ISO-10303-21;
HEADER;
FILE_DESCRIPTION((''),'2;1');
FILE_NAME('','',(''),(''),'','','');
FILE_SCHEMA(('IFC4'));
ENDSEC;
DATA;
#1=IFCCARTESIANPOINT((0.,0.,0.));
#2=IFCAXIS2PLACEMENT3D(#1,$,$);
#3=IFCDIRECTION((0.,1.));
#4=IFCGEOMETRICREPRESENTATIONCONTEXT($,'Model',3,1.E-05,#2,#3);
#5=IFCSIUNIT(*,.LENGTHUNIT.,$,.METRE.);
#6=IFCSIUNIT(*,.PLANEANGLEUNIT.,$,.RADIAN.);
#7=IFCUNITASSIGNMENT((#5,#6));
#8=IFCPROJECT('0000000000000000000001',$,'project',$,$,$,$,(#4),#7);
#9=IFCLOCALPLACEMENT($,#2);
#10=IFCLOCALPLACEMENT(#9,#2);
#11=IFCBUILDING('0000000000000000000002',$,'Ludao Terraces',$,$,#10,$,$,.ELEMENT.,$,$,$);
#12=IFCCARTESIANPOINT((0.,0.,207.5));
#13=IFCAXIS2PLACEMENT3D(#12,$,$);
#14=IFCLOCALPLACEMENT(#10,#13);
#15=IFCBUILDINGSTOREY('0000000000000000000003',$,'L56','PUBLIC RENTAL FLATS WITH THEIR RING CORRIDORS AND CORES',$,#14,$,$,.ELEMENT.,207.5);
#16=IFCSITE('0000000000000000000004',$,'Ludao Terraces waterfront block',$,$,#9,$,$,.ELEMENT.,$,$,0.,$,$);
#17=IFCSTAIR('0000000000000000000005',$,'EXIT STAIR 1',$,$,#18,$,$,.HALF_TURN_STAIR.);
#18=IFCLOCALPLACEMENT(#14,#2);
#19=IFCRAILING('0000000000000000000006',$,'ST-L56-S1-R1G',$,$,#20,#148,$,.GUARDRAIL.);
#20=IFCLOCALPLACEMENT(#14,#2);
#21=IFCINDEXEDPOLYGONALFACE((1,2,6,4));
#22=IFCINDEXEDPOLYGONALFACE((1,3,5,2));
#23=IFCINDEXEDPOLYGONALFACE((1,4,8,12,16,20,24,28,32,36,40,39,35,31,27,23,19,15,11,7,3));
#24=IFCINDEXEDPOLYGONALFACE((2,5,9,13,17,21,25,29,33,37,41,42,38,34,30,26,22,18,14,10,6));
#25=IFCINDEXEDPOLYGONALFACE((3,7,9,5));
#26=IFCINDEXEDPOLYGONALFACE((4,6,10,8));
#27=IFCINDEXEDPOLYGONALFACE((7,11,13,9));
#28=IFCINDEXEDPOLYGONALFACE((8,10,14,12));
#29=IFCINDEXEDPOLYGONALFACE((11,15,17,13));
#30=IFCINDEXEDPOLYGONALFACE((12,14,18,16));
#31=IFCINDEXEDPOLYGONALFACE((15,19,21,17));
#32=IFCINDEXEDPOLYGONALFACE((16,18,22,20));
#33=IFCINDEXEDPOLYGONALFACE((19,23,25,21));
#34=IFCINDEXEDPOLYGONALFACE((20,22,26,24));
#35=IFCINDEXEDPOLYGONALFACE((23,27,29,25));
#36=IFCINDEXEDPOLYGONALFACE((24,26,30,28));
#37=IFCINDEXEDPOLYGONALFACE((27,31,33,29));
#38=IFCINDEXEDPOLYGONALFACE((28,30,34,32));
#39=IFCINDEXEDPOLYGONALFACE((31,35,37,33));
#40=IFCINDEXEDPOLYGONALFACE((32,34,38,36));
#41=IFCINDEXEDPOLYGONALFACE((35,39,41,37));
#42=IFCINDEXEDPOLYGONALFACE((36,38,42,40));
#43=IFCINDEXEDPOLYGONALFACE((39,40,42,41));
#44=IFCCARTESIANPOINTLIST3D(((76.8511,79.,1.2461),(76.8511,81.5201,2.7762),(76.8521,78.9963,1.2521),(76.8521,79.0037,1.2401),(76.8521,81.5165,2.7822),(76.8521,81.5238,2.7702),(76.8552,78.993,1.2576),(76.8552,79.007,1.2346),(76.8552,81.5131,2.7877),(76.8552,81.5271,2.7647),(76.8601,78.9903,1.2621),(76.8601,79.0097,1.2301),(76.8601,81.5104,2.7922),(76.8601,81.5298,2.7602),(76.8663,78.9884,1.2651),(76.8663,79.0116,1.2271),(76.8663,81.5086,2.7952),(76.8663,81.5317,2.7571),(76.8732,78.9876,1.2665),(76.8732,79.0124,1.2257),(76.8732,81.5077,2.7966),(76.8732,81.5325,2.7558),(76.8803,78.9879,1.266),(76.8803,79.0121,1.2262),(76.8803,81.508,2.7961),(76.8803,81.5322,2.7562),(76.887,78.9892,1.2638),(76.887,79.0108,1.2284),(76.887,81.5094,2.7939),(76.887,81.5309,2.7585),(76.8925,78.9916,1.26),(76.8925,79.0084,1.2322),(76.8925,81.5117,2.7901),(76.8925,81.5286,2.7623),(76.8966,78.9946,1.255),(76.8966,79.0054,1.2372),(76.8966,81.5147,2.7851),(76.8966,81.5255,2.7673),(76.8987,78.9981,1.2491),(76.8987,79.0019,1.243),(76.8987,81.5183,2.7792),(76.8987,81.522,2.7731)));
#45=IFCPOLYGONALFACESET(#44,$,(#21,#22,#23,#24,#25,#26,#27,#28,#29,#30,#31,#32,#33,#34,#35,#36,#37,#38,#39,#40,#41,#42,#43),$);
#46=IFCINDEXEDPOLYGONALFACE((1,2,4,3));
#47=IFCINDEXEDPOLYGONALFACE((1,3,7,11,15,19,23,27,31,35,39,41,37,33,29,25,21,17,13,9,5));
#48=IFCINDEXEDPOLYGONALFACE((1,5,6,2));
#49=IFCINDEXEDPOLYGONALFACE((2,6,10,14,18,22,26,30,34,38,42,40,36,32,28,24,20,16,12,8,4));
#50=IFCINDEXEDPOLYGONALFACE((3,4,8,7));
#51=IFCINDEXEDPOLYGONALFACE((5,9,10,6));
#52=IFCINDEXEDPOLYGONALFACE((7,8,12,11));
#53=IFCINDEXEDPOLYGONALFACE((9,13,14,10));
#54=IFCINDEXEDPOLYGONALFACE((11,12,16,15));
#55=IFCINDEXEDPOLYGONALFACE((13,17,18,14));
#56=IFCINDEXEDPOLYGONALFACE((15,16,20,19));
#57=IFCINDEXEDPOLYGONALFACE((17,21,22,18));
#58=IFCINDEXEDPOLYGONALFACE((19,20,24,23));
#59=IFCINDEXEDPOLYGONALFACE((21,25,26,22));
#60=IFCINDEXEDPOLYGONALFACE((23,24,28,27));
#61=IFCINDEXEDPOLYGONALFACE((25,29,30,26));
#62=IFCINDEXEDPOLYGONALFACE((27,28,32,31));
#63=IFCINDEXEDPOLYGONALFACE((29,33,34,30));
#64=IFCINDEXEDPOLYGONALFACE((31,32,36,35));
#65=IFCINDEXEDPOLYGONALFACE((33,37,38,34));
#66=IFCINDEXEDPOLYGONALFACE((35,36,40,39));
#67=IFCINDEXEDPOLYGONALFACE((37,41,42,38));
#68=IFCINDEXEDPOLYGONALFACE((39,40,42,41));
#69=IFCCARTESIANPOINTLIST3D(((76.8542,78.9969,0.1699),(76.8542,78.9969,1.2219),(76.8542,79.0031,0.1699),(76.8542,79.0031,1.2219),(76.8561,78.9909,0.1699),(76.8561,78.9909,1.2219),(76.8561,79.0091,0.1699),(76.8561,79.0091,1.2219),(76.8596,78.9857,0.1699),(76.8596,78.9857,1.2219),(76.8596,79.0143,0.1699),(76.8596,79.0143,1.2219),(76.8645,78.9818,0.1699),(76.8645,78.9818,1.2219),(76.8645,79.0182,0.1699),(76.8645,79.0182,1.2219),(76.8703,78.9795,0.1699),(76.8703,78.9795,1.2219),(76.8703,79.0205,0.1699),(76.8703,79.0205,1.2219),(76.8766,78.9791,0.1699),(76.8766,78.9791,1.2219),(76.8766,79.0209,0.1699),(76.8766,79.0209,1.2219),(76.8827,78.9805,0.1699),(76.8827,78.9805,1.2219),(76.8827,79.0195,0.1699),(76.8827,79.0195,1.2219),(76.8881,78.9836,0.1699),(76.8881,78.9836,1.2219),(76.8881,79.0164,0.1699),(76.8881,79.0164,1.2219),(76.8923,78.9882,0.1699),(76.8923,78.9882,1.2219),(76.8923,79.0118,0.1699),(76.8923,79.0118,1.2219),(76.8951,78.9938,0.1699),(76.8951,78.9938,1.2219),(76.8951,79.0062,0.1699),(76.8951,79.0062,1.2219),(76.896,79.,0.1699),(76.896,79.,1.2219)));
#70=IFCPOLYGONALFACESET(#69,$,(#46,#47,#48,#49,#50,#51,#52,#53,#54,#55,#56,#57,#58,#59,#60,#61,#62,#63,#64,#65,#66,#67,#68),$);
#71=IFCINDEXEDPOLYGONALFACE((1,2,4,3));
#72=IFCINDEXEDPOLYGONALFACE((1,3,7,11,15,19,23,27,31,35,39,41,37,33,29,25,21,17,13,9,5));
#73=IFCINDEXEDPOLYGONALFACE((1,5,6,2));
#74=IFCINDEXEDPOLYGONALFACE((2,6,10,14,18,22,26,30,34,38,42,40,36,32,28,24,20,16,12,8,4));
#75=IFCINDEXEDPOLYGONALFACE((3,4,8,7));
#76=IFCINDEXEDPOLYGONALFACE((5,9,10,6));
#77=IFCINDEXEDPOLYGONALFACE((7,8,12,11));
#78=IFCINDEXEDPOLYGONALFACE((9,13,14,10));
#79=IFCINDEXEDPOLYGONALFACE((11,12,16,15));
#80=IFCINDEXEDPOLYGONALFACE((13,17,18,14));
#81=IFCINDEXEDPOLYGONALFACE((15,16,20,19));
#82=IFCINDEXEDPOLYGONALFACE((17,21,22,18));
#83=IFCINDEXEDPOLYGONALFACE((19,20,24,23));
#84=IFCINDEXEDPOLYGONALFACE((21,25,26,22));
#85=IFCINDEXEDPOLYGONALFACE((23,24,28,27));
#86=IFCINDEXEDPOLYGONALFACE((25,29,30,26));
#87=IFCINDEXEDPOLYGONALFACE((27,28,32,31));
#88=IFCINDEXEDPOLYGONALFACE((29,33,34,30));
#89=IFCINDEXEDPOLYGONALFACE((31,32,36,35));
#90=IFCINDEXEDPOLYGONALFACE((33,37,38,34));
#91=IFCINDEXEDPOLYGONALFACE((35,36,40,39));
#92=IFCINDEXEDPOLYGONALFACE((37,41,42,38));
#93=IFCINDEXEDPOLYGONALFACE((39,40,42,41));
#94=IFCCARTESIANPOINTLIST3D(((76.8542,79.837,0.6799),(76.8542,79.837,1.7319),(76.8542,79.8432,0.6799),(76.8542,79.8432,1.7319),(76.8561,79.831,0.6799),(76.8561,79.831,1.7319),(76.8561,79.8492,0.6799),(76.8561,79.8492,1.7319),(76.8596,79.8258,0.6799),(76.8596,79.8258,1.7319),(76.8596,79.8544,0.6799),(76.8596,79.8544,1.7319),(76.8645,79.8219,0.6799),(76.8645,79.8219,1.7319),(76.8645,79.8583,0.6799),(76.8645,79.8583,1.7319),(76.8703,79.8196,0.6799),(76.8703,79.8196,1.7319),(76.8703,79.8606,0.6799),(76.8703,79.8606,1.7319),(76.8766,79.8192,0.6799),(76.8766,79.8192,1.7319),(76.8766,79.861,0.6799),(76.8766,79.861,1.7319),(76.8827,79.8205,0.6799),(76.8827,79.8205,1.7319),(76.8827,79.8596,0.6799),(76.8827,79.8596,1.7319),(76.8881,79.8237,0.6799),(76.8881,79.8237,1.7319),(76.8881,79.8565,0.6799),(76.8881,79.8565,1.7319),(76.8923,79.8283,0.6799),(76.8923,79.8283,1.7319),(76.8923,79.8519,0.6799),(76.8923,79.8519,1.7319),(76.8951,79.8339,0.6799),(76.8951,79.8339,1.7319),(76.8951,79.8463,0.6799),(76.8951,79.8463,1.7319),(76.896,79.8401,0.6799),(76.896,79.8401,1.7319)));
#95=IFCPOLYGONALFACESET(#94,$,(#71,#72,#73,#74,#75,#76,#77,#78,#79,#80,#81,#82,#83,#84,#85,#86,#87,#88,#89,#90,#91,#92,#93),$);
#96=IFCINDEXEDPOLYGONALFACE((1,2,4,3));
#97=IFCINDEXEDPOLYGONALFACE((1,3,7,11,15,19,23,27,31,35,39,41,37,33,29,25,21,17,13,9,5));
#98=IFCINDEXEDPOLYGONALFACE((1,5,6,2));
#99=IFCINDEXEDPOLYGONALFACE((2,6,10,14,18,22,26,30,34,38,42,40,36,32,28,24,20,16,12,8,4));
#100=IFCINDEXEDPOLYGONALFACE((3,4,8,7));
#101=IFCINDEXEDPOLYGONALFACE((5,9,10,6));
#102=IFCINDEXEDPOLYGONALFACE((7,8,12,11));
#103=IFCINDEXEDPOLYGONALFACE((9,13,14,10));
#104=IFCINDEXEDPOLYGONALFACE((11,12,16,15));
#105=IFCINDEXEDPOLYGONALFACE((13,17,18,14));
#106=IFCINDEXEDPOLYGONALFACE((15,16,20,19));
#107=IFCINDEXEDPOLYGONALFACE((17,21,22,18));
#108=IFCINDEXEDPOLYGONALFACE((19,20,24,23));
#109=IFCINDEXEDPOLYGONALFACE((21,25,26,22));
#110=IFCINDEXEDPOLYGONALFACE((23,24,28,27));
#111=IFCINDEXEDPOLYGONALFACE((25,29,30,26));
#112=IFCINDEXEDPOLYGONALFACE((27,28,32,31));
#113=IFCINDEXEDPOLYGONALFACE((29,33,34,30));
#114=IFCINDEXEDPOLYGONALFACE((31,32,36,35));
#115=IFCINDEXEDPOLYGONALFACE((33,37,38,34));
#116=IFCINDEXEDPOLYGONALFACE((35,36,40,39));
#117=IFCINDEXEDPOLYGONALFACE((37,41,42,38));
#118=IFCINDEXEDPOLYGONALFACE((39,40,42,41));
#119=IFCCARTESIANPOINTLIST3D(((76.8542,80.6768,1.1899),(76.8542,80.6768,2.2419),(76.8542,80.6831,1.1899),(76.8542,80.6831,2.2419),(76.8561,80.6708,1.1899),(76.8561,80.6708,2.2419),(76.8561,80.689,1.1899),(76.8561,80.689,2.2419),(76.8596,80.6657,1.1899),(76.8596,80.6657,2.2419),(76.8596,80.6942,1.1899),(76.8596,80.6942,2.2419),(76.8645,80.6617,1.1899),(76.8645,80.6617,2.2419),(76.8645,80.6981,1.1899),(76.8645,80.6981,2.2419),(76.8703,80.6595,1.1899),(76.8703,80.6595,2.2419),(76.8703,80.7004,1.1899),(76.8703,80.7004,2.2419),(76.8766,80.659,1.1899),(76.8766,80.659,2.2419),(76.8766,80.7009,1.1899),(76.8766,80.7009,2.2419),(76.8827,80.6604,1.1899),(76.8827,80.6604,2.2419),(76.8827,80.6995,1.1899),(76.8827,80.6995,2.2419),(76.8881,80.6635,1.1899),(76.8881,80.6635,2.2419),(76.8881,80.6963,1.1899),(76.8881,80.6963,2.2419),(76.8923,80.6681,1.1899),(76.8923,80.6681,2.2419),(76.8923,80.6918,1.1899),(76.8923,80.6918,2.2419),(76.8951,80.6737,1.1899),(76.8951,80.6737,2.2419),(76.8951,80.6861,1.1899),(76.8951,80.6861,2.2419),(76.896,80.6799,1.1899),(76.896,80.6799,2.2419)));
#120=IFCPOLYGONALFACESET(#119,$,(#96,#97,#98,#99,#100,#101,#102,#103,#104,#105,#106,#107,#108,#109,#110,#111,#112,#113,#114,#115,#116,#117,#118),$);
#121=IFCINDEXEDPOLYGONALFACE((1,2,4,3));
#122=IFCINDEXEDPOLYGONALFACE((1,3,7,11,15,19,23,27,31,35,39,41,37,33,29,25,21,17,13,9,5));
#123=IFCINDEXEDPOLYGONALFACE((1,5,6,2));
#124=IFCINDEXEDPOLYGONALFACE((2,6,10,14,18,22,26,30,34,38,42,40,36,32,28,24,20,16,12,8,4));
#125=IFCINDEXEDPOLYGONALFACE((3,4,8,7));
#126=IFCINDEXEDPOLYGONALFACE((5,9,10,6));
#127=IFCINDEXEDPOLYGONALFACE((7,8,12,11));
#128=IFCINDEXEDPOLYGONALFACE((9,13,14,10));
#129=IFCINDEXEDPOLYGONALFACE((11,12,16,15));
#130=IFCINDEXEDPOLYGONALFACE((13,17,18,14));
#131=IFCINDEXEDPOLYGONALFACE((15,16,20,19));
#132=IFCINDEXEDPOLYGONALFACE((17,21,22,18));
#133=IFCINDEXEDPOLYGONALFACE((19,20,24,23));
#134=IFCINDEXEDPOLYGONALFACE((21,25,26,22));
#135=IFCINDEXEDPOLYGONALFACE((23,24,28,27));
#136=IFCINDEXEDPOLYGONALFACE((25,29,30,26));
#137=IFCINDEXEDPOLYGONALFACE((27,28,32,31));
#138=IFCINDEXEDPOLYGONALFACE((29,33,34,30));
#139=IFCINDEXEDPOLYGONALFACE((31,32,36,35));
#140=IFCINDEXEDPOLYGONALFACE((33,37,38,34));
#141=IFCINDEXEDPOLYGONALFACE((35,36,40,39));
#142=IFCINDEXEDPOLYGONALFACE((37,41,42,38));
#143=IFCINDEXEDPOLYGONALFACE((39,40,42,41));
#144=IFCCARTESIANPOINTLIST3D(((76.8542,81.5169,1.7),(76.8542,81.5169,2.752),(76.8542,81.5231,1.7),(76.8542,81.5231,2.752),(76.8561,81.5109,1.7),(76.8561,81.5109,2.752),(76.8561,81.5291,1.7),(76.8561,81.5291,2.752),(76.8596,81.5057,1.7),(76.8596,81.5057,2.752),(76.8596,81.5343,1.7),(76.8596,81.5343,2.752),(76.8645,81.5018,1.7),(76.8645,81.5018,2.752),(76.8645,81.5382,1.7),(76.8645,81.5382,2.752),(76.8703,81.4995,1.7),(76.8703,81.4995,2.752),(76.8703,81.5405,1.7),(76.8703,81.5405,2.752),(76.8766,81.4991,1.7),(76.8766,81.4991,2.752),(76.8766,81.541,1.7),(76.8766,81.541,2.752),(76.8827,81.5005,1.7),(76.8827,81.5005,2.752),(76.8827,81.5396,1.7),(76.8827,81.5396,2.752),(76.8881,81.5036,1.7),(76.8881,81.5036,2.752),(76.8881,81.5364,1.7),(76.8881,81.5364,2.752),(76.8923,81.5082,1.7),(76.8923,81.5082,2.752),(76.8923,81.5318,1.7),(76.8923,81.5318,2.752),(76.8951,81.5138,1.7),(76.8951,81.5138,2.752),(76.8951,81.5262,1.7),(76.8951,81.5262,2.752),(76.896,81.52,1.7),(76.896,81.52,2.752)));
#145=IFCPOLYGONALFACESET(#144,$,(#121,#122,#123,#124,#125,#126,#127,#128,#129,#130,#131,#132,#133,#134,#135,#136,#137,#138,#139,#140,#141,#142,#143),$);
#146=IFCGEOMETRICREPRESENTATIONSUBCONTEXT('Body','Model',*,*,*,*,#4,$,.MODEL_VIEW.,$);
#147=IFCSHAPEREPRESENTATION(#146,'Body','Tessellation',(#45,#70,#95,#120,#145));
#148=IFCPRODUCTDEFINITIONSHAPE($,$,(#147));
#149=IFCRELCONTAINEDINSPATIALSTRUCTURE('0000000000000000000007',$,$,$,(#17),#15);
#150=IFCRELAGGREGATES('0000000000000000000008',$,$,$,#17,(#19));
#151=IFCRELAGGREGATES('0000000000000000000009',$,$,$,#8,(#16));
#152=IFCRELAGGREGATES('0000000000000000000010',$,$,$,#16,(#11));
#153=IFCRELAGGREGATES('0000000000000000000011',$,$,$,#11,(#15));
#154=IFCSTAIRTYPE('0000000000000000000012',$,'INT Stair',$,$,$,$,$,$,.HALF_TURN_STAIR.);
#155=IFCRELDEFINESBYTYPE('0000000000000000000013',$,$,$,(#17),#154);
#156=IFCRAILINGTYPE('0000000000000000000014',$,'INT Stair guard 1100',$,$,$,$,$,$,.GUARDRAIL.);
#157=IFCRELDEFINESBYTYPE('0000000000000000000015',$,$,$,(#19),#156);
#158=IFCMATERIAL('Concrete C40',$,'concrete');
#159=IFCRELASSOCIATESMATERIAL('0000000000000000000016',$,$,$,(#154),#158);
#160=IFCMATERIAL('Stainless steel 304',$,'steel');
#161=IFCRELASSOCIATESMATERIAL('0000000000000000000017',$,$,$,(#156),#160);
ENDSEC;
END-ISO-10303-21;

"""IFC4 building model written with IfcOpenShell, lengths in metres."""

from ifc_helpers import new_model, si_unit, direction, frame, origin, origin_2d, place, context, subcontext, project, spatial, circle, extrude, material, type_object, element, aggregate, save


model = new_model("IFC4")

# Units and contexts
model_context = context("Model", 3, precision=1e-05, world=origin(), true_north=direction((0.0, 1.0)))
body_context = subcontext(model_context, "Body", "Model", "MODEL_VIEW")
ifc_project = project(units=[si_unit("LENGTHUNIT", "METRE"), si_unit("PLANEANGLEUNIT", "RADIAN")], contexts=[model_context])

# Site, building, storey
site_placement = place(None, origin())
site = spatial("IfcSite", under=ifc_project, at=site_placement, Name="Ludao Terraces waterfront block", CompositionType="ELEMENT", RefElevation=0.0)
building_placement = place(site_placement, origin())
building = spatial("IfcBuilding", under=site, at=building_placement, Name="Ludao Terraces", CompositionType="ELEMENT")
storey_placement = place(building_placement, frame((0.0, 0.0, 207.5)))
storey = spatial("IfcBuildingStorey", under=building, at=storey_placement, Name="L56", Description="PUBLIC RENTAL FLATS WITH THEIR RING CORRIDORS AND CORES", CompositionType="ELEMENT", Elevation=207.5)

# Shared definitions
ifc_material_1 = material(Name="Concrete C40", Category="concrete")

# Stair, railing
stair_type = type_object("IfcStairType", Name="INT Stair", PredefinedType="HALF_TURN_STAIR", material=ifc_material_1)
stair_placement = place(storey_placement, origin())
stair = element("IfcStair", 1, at=stair_placement, inside=storey, type_object=stair_type, Name="EXIT STAIR 1", PredefinedType="HALF_TURN_STAIR")
ifc_material_2 = material(Name="Stainless steel 304", Category="steel")
railing_type_1 = type_object("IfcRailingType", Name="INT Stair guard 1100", PredefinedType="GUARDRAIL", material=ifc_material_2)
railing_1_placement = place(storey_placement, frame((76.875, 79.0, 0.1699)))
railing_1 = element("IfcRailing", 2, at=railing_1_placement, type_object=railing_type_1, Name="ST-L56-S1-R1G", PredefinedType="GUARDRAIL", context=body_context, shape_type="SweptSolid", body=[
    extrude(circle(Radius=0.0239, at=origin_2d()), frame((0.0, 0.0, 1.0762), z_axis=(0.0, 0.854785, 0.518982), x_axis=(-1.0, 0.0, 0.0)), (0.0, 0.0, 1.0), 2.9482),
    extrude(circle(Radius=0.021, at=origin_2d()), origin(), (0.0, 0.0, 1.0), 1.052),
    extrude(circle(Radius=0.021, at=origin_2d()), frame((0.0, 0.8401, 0.51)), (0.0, 0.0, 1.0), 1.052),
    extrude(circle(Radius=0.021, at=origin_2d()), frame((0.0, 1.6799, 1.02)), (0.0, 0.0, 1.0), 1.052),
    extrude(circle(Radius=0.021, at=origin_2d()), frame((0.0, 2.52, 1.53)), (0.0, 0.0, 1.0), 1.052),
])
aggregate(stair, [railing_1])

save(model, "model.ifc")
